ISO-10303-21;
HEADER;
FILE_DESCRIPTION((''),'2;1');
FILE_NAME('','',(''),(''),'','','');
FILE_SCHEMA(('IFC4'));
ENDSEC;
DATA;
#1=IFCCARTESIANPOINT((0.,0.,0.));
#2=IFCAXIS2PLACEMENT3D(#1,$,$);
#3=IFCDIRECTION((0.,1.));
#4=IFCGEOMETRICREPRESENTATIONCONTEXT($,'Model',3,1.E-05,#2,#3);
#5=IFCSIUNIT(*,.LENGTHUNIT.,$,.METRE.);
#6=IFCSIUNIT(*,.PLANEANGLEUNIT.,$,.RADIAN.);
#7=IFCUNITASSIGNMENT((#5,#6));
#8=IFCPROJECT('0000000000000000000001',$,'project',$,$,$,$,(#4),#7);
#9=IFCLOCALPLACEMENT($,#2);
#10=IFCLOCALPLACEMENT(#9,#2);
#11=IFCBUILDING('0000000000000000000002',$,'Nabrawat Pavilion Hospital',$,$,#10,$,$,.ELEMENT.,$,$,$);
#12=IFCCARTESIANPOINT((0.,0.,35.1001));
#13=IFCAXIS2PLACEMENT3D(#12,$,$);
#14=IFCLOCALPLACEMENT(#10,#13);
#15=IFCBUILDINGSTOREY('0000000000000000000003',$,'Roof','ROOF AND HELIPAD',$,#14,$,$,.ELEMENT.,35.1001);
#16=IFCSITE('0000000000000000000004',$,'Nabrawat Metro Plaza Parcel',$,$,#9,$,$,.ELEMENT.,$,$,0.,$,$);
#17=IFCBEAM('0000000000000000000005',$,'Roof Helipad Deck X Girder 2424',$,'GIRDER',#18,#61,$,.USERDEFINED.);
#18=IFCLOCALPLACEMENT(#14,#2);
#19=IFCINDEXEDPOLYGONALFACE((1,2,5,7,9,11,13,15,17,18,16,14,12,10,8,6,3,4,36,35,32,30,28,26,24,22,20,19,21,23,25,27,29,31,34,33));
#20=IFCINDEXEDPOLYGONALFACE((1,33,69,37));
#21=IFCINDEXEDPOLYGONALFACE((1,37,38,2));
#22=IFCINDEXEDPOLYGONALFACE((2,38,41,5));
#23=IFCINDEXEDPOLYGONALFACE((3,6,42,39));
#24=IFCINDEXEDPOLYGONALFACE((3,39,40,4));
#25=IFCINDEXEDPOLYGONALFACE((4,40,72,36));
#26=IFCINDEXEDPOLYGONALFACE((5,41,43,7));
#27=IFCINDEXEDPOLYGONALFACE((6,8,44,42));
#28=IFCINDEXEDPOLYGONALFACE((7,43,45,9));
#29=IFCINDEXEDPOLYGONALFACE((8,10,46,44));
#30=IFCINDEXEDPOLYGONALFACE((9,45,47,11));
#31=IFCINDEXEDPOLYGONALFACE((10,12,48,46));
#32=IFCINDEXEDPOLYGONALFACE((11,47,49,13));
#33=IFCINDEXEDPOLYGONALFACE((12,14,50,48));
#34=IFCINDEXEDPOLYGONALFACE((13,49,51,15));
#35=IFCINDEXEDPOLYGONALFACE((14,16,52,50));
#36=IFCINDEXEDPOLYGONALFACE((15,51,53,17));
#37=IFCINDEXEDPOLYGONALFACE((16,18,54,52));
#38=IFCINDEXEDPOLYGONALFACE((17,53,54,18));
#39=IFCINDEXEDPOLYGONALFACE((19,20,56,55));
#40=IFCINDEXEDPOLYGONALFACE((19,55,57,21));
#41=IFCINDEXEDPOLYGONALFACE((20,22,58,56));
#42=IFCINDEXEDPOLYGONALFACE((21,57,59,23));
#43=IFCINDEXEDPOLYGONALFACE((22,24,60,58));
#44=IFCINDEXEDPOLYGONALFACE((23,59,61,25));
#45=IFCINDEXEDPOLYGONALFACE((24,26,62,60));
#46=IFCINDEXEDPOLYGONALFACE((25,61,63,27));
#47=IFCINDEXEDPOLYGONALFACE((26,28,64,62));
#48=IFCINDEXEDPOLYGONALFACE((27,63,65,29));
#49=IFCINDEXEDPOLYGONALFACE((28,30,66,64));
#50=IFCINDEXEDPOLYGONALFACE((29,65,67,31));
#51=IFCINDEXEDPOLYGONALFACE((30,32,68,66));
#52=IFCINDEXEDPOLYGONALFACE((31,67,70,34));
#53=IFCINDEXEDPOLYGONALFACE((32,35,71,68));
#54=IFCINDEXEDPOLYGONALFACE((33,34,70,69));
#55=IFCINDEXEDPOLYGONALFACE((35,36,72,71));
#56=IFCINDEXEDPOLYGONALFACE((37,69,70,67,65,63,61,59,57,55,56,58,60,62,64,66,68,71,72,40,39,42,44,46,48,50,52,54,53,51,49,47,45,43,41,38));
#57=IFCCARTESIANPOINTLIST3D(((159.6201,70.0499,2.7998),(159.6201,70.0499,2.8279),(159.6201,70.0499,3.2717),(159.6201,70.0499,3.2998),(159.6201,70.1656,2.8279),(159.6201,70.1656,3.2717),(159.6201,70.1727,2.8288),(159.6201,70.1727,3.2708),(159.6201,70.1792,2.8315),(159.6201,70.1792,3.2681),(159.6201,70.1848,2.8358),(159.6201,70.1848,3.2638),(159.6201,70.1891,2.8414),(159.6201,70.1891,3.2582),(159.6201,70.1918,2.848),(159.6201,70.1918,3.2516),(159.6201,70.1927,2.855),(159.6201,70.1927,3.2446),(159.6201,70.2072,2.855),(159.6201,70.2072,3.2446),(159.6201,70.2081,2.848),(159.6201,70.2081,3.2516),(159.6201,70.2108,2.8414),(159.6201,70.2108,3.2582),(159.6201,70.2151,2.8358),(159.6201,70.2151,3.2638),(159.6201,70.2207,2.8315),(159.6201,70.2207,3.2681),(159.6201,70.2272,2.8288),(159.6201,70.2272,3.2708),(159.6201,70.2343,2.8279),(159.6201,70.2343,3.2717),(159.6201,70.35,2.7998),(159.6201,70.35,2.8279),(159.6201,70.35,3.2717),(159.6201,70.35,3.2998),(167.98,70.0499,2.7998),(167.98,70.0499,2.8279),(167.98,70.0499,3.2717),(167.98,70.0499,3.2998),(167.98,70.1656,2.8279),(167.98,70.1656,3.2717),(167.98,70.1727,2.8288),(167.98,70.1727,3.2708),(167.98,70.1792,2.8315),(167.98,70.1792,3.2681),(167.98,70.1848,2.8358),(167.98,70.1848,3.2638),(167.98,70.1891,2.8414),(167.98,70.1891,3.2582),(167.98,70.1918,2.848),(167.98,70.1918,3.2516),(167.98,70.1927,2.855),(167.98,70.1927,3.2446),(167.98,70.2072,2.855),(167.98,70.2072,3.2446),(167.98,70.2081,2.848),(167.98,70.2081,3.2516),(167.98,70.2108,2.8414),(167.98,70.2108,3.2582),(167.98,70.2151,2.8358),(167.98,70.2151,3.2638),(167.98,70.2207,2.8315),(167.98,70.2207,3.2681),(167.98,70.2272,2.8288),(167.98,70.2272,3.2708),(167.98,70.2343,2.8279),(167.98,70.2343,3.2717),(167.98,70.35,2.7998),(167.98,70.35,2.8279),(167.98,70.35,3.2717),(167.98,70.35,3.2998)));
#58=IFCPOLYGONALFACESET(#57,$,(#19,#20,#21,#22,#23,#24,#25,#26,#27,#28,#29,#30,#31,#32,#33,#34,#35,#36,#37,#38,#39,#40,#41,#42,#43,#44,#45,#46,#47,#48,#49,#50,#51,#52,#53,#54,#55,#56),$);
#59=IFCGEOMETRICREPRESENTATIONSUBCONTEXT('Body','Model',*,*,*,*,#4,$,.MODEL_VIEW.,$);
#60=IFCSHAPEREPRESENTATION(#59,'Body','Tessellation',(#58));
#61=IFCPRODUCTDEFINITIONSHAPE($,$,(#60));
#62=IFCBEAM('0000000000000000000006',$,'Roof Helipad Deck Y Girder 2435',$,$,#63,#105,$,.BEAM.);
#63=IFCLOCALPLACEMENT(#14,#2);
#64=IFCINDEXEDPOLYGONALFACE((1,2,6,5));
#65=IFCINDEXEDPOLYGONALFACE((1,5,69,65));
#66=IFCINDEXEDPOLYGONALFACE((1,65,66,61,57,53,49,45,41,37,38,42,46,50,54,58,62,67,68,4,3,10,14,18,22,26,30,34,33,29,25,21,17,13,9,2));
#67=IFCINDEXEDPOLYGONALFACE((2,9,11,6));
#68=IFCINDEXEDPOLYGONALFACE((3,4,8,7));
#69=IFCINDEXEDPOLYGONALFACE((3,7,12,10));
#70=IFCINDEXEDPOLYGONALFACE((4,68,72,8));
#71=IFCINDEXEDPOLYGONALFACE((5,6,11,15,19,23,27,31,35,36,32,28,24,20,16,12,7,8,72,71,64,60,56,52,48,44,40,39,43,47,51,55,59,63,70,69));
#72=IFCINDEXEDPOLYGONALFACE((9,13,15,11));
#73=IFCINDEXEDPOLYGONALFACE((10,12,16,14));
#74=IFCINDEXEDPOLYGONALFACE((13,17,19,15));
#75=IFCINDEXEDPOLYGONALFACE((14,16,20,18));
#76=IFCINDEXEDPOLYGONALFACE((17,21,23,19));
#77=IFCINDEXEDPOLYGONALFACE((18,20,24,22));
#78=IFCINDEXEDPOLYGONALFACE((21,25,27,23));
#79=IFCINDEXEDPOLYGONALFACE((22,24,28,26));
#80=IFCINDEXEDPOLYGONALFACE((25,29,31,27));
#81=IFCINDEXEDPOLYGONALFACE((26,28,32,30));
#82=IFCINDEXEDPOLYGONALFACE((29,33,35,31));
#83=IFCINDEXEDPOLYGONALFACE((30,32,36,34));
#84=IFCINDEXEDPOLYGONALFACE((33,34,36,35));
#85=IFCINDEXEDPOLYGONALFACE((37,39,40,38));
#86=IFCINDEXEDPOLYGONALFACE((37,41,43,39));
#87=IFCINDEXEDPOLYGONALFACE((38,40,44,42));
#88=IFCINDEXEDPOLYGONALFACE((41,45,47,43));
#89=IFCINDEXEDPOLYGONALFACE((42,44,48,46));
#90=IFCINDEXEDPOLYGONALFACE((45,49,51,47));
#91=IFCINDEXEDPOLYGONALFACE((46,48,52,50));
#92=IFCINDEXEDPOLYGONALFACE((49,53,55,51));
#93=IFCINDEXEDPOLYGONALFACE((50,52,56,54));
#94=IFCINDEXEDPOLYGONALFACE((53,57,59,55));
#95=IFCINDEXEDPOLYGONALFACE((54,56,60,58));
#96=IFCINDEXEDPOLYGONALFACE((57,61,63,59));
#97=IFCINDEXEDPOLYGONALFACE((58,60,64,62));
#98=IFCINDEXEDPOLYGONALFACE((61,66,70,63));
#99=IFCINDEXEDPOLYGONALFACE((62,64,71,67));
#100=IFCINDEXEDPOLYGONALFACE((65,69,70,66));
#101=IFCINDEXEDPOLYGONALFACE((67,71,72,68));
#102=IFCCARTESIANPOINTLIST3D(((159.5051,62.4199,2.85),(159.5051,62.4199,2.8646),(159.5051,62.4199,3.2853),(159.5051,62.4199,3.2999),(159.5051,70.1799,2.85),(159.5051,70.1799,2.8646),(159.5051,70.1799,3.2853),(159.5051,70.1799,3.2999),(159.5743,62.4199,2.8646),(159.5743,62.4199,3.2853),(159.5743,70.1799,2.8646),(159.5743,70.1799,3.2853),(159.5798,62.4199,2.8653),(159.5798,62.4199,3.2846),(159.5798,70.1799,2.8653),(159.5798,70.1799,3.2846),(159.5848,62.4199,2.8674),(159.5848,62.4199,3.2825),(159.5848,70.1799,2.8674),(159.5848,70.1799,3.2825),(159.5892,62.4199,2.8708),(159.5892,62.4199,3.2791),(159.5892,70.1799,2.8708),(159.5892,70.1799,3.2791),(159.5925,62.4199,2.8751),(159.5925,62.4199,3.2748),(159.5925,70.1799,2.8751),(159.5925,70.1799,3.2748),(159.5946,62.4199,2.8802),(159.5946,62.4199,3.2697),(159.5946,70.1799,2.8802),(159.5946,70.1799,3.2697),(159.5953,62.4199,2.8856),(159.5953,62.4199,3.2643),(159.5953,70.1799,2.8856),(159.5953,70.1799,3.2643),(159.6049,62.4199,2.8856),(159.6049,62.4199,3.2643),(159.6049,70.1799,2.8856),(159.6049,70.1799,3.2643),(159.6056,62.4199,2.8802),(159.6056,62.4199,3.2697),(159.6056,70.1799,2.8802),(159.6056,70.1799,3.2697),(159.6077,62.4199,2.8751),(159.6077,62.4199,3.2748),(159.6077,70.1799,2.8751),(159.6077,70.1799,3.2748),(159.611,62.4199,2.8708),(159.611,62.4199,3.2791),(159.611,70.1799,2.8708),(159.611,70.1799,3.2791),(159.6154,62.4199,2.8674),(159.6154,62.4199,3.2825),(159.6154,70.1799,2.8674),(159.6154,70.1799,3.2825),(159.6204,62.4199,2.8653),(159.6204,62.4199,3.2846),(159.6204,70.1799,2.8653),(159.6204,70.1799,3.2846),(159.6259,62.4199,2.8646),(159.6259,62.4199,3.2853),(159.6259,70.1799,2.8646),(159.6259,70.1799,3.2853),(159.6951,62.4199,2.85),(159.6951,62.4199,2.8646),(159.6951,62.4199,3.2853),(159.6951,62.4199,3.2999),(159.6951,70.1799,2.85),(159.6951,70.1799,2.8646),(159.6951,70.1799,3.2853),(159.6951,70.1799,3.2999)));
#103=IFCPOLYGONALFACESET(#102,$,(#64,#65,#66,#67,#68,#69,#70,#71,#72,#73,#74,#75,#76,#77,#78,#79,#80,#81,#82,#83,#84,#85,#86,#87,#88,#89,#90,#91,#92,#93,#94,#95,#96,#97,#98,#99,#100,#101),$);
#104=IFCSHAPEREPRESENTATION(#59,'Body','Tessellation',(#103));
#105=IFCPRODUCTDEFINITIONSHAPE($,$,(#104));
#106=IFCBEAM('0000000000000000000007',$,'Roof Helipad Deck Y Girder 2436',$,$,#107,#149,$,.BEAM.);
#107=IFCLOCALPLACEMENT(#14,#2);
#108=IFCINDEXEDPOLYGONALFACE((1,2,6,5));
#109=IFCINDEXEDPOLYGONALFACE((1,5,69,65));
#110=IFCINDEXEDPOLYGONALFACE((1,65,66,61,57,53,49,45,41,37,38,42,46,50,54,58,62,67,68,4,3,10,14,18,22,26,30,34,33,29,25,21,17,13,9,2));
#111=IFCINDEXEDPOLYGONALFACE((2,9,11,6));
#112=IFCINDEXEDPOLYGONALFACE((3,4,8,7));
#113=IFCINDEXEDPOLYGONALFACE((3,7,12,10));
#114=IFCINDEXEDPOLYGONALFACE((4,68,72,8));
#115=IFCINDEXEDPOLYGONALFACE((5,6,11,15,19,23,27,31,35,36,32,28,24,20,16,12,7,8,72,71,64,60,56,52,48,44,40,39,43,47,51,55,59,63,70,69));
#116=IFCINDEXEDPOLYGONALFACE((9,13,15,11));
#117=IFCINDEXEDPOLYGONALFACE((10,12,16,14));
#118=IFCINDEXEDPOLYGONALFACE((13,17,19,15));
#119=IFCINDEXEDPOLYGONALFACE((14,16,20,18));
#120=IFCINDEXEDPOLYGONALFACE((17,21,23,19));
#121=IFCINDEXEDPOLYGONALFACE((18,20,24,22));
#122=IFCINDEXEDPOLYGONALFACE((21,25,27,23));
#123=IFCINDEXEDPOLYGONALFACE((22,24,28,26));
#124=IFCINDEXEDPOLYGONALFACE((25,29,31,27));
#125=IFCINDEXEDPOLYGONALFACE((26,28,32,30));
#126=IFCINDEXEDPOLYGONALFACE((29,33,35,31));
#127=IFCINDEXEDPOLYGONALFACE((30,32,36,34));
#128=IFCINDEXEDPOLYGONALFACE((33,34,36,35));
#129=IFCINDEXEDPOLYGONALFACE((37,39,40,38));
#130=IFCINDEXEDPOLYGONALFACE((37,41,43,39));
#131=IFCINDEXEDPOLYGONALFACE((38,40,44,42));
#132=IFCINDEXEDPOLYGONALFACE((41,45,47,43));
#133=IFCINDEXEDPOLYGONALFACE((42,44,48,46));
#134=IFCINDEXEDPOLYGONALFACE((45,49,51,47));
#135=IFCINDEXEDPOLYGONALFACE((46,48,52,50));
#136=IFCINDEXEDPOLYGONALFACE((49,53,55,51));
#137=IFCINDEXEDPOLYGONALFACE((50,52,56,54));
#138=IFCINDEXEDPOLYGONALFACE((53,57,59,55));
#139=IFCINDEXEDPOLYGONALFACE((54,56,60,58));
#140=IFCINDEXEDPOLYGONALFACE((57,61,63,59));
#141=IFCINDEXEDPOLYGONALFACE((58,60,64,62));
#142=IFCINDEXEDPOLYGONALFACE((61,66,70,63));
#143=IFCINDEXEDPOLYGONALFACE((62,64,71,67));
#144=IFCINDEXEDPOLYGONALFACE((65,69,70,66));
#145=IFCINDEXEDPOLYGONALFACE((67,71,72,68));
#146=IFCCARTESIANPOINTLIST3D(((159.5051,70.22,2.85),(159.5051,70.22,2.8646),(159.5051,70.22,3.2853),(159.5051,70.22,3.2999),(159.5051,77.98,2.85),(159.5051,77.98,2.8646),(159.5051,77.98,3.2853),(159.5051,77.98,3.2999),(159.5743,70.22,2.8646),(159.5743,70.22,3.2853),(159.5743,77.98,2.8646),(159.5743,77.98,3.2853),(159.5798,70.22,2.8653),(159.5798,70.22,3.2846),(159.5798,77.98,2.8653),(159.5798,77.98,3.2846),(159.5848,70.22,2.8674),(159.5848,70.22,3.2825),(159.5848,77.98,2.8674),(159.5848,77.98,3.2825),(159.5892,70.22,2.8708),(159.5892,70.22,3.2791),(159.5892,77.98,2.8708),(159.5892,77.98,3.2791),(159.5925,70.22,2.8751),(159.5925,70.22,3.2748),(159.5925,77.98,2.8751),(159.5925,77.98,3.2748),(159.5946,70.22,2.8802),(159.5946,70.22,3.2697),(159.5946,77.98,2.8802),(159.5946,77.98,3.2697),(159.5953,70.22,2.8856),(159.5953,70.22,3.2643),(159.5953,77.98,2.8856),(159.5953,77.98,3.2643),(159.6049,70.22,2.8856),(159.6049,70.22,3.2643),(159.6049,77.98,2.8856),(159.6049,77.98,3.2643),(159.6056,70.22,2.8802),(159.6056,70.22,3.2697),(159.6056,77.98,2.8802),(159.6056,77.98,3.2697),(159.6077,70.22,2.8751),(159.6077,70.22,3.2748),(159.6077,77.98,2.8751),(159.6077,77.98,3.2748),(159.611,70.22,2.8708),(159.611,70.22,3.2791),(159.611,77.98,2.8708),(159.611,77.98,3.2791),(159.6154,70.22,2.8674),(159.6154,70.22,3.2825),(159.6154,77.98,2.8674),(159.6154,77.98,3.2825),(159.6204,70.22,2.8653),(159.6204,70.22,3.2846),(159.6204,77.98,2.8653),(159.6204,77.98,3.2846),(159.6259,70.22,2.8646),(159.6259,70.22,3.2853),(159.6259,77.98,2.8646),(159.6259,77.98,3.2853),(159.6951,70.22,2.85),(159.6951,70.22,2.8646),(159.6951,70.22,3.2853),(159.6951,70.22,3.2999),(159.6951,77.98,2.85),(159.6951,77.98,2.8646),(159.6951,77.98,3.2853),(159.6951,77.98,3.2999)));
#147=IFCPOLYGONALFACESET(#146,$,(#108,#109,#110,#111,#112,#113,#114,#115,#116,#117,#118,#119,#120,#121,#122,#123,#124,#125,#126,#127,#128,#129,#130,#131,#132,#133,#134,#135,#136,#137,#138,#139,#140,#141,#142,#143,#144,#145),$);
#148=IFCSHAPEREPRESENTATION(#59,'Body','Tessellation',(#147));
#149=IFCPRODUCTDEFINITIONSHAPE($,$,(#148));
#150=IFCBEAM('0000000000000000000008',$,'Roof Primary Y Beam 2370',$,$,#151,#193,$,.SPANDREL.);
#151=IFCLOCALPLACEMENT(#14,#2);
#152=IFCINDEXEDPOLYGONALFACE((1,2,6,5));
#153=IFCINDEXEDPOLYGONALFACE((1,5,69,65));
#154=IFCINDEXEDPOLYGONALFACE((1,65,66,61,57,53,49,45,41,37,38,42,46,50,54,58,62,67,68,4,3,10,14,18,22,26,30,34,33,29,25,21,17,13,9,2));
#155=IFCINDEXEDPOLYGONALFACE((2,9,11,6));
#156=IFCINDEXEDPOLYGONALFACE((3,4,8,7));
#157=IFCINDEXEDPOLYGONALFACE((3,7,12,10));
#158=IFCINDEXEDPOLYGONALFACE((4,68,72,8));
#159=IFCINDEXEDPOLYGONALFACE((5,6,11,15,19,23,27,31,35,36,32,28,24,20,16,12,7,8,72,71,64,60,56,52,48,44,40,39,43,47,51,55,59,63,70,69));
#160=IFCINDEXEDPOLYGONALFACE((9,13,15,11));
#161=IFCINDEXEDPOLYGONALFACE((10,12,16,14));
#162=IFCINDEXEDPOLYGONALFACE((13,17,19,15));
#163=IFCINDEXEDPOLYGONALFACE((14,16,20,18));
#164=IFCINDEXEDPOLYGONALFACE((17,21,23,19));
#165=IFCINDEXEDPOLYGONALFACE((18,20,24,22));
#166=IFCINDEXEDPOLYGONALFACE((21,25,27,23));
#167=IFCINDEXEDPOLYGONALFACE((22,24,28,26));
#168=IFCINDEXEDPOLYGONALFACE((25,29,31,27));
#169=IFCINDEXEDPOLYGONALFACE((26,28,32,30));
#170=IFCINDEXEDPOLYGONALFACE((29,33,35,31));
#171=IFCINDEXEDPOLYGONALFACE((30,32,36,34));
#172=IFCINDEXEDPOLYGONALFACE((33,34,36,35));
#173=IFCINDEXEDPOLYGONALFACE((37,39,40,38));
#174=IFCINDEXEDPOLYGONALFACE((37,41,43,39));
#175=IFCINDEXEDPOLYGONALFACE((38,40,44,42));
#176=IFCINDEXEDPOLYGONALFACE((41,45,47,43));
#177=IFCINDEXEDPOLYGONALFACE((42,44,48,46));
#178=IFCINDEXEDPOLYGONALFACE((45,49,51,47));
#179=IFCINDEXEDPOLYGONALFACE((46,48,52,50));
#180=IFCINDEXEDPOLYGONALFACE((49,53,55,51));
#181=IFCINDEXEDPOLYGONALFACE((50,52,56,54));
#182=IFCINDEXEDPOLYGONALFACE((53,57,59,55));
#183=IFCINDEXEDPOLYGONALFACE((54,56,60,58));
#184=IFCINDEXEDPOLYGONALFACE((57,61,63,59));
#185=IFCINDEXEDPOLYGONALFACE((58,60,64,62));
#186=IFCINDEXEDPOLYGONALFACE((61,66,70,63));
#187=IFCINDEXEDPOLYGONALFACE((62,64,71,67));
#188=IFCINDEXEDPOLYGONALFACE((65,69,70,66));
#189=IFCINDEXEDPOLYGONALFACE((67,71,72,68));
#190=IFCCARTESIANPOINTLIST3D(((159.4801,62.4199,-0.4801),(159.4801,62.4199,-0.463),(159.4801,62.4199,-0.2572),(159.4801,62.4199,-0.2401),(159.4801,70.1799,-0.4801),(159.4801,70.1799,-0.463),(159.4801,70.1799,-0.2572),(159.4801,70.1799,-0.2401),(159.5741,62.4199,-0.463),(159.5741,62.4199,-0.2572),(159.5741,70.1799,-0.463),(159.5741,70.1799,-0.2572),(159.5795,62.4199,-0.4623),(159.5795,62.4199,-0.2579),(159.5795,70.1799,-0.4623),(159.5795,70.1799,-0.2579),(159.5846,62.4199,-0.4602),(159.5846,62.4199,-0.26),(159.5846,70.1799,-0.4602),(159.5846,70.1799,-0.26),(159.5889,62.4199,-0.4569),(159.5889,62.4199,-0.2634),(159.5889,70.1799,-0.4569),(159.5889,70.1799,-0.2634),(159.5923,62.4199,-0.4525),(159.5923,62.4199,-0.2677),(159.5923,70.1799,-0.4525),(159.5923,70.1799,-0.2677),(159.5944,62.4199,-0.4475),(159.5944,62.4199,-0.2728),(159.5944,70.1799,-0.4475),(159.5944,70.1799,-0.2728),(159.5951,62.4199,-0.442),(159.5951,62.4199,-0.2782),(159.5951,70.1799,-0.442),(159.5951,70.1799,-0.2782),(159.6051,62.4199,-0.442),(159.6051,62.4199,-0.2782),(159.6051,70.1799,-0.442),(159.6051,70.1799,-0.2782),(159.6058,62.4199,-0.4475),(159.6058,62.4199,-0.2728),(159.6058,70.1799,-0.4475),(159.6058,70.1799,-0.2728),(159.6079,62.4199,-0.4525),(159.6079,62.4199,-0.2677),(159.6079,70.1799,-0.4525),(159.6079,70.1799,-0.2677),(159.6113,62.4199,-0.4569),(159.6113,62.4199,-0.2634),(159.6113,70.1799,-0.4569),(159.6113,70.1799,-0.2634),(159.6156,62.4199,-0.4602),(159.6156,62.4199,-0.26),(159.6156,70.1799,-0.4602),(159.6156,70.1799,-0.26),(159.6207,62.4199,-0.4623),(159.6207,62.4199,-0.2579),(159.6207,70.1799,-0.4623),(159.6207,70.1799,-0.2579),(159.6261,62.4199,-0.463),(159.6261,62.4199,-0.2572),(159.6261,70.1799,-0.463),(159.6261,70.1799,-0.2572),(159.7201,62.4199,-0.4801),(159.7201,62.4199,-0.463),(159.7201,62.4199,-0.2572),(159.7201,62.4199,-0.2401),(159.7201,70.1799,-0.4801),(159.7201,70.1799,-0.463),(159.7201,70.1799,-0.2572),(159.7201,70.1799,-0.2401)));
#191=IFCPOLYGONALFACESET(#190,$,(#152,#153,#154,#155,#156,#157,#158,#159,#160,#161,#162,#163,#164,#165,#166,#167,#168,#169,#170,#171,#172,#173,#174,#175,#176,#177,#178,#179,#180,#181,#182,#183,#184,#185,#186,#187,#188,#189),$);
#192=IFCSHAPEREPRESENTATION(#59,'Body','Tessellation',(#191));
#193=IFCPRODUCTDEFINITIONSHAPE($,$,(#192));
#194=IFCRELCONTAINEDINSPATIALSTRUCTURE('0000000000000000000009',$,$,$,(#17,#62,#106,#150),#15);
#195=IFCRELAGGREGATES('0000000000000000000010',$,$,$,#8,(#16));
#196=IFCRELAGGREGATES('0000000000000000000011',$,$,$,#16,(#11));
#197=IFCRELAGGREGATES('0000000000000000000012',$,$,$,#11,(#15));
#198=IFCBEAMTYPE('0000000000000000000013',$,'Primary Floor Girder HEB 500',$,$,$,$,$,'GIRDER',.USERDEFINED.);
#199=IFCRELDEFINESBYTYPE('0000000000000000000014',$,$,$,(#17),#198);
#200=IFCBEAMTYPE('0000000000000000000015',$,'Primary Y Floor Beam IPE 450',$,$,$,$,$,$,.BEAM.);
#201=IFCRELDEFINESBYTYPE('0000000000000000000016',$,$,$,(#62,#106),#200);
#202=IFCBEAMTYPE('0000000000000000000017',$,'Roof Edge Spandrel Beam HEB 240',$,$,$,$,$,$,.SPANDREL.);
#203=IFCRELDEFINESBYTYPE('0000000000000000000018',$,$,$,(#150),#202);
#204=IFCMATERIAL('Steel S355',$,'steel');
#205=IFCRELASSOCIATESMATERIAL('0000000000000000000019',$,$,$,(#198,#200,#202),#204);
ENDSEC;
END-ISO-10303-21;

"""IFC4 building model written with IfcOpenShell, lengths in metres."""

from ifc_helpers import new_model, si_unit, direction, frame, origin, origin_2d, place, context, subcontext, project, spatial, i_section, extrude, material, material_profile, profile_set, type_object, element, save


model = new_model("IFC4")

# Units and contexts
model_context = context("Model", 3, precision=1e-05, world=origin(), true_north=direction((0.0, 1.0)))
body_context = subcontext(model_context, "Body", "Model", "MODEL_VIEW")
ifc_project = project(units=[si_unit("LENGTHUNIT", "METRE"), si_unit("PLANEANGLEUNIT", "RADIAN")], contexts=[model_context])

# Site, building, storey
site_placement = place(None, origin())
site = spatial("IfcSite", under=ifc_project, at=site_placement, Name="Nabrawat Metro Plaza Parcel", CompositionType="ELEMENT", RefElevation=0.0)
building_placement = place(site_placement, origin())
building = spatial("IfcBuilding", under=site, at=building_placement, Name="Nabrawat Pavilion Hospital", CompositionType="ELEMENT")
storey_placement = place(building_placement, frame((0.0, 0.0, 35.1001)))
storey = spatial("IfcBuildingStorey", under=building, at=storey_placement, Name="Roof", Description="ROOF AND HELIPAD", CompositionType="ELEMENT", Elevation=35.1001)

# Shared definitions
ifc_material_1 = material(Name="Steel S355", Category="steel")

# Beams
ifc_material_profile_1 = material_profile(ifc_material_1, i_section(OverallWidth=0.3, OverallDepth=0.5, WebThickness=0.0144, FlangeThickness=0.0281, FilletRadius=0.0271, at=origin_2d()), Name="HEB 500")
ifc_profile_set_1 = profile_set([ifc_material_profile_1], Name="Steel S355")
beam_type_1 = type_object("IfcBeamType", Name="Primary Floor Girder HEB 500", ElementType="GIRDER", PredefinedType="USERDEFINED", material=ifc_profile_set_1)
beam_1_placement = place(storey_placement, frame((159.6201, 70.2, 3.0498), z_axis=(1.0, 0.0, 0.0), x_axis=(0.0, 1.0, 0.0)))
element("IfcBeam", 1, at=beam_1_placement, inside=storey, type_object=beam_type_1, Name="Roof Helipad Deck X Girder 2424", ObjectType="GIRDER", PredefinedType="USERDEFINED", context=body_context, shape_type="SweptSolid", body=[
    extrude(i_section(OverallWidth=0.3, OverallDepth=0.5, WebThickness=0.0144, FlangeThickness=0.0281, FilletRadius=0.0271, at=origin_2d()), origin(), (0.0, 0.0, 1.0), 8.3599),
])
ifc_material_profile_2 = material_profile(ifc_material_1, i_section(OverallWidth=0.1899, OverallDepth=0.45, WebThickness=0.0095, FlangeThickness=0.0146, FilletRadius=0.021, at=origin_2d()), Name="IPE 450")
ifc_profile_set_2 = profile_set([ifc_material_profile_2], Name="Steel S355")
beam_type_2 = type_object("IfcBeamType", Name="Primary Y Floor Beam IPE 450", PredefinedType="BEAM", material=ifc_profile_set_2)
for number, where, z_axis, x_axis, name in (
    (2, (159.6001, 62.4199, 3.075), (0.0, 1.0, 0.0), (-1.0, 0.0, 0.0), "Roof Helipad Deck Y Girder 2435"),
    (3, (159.6001, 70.22, 3.075), (0.0, 1.0, 0.0), (-1.0, 0.0, 0.0), "Roof Helipad Deck Y Girder 2436"),
):
    element("IfcBeam", number, at=place(storey_placement, frame(where, z_axis=z_axis, x_axis=x_axis)), inside=storey, type_object=beam_type_2, Name=name, PredefinedType="BEAM", context=body_context, shape_type="SweptSolid", body=[
        extrude(i_section(OverallWidth=0.1899, OverallDepth=0.45, WebThickness=0.0095, FlangeThickness=0.0146, FilletRadius=0.021, at=origin_2d()), origin(), (0.0, 0.0, 1.0), 7.76),
    ])
ifc_material_profile_3 = material_profile(ifc_material_1, i_section(OverallWidth=0.24, OverallDepth=0.24, WebThickness=0.01, FlangeThickness=0.0171, FilletRadius=0.021, at=origin_2d()), Name="HEB 240")
ifc_profile_set_3 = profile_set([ifc_material_profile_3], Name="Steel S355")
beam_type_3 = type_object("IfcBeamType", Name="Roof Edge Spandrel Beam HEB 240", PredefinedType="SPANDREL", material=ifc_profile_set_3)
for number, where, z_axis, x_axis, name in (
    (4, (159.6001, 62.4199, -0.3601), (0.0, 1.0, 0.0), (-1.0, 0.0, 0.0), "Roof Primary Y Beam 2370"),
):
    element("IfcBeam", number, at=place(storey_placement, frame(where, z_axis=z_axis, x_axis=x_axis)), inside=storey, type_object=beam_type_3, Name=name, PredefinedType="SPANDREL", context=body_context, shape_type="SweptSolid", body=[
        extrude(i_section(OverallWidth=0.24, OverallDepth=0.24, WebThickness=0.01, FlangeThickness=0.0171, FilletRadius=0.021, at=origin_2d()), origin(), (0.0, 0.0, 1.0), 7.76),
    ])

save(model, "model.ifc")
